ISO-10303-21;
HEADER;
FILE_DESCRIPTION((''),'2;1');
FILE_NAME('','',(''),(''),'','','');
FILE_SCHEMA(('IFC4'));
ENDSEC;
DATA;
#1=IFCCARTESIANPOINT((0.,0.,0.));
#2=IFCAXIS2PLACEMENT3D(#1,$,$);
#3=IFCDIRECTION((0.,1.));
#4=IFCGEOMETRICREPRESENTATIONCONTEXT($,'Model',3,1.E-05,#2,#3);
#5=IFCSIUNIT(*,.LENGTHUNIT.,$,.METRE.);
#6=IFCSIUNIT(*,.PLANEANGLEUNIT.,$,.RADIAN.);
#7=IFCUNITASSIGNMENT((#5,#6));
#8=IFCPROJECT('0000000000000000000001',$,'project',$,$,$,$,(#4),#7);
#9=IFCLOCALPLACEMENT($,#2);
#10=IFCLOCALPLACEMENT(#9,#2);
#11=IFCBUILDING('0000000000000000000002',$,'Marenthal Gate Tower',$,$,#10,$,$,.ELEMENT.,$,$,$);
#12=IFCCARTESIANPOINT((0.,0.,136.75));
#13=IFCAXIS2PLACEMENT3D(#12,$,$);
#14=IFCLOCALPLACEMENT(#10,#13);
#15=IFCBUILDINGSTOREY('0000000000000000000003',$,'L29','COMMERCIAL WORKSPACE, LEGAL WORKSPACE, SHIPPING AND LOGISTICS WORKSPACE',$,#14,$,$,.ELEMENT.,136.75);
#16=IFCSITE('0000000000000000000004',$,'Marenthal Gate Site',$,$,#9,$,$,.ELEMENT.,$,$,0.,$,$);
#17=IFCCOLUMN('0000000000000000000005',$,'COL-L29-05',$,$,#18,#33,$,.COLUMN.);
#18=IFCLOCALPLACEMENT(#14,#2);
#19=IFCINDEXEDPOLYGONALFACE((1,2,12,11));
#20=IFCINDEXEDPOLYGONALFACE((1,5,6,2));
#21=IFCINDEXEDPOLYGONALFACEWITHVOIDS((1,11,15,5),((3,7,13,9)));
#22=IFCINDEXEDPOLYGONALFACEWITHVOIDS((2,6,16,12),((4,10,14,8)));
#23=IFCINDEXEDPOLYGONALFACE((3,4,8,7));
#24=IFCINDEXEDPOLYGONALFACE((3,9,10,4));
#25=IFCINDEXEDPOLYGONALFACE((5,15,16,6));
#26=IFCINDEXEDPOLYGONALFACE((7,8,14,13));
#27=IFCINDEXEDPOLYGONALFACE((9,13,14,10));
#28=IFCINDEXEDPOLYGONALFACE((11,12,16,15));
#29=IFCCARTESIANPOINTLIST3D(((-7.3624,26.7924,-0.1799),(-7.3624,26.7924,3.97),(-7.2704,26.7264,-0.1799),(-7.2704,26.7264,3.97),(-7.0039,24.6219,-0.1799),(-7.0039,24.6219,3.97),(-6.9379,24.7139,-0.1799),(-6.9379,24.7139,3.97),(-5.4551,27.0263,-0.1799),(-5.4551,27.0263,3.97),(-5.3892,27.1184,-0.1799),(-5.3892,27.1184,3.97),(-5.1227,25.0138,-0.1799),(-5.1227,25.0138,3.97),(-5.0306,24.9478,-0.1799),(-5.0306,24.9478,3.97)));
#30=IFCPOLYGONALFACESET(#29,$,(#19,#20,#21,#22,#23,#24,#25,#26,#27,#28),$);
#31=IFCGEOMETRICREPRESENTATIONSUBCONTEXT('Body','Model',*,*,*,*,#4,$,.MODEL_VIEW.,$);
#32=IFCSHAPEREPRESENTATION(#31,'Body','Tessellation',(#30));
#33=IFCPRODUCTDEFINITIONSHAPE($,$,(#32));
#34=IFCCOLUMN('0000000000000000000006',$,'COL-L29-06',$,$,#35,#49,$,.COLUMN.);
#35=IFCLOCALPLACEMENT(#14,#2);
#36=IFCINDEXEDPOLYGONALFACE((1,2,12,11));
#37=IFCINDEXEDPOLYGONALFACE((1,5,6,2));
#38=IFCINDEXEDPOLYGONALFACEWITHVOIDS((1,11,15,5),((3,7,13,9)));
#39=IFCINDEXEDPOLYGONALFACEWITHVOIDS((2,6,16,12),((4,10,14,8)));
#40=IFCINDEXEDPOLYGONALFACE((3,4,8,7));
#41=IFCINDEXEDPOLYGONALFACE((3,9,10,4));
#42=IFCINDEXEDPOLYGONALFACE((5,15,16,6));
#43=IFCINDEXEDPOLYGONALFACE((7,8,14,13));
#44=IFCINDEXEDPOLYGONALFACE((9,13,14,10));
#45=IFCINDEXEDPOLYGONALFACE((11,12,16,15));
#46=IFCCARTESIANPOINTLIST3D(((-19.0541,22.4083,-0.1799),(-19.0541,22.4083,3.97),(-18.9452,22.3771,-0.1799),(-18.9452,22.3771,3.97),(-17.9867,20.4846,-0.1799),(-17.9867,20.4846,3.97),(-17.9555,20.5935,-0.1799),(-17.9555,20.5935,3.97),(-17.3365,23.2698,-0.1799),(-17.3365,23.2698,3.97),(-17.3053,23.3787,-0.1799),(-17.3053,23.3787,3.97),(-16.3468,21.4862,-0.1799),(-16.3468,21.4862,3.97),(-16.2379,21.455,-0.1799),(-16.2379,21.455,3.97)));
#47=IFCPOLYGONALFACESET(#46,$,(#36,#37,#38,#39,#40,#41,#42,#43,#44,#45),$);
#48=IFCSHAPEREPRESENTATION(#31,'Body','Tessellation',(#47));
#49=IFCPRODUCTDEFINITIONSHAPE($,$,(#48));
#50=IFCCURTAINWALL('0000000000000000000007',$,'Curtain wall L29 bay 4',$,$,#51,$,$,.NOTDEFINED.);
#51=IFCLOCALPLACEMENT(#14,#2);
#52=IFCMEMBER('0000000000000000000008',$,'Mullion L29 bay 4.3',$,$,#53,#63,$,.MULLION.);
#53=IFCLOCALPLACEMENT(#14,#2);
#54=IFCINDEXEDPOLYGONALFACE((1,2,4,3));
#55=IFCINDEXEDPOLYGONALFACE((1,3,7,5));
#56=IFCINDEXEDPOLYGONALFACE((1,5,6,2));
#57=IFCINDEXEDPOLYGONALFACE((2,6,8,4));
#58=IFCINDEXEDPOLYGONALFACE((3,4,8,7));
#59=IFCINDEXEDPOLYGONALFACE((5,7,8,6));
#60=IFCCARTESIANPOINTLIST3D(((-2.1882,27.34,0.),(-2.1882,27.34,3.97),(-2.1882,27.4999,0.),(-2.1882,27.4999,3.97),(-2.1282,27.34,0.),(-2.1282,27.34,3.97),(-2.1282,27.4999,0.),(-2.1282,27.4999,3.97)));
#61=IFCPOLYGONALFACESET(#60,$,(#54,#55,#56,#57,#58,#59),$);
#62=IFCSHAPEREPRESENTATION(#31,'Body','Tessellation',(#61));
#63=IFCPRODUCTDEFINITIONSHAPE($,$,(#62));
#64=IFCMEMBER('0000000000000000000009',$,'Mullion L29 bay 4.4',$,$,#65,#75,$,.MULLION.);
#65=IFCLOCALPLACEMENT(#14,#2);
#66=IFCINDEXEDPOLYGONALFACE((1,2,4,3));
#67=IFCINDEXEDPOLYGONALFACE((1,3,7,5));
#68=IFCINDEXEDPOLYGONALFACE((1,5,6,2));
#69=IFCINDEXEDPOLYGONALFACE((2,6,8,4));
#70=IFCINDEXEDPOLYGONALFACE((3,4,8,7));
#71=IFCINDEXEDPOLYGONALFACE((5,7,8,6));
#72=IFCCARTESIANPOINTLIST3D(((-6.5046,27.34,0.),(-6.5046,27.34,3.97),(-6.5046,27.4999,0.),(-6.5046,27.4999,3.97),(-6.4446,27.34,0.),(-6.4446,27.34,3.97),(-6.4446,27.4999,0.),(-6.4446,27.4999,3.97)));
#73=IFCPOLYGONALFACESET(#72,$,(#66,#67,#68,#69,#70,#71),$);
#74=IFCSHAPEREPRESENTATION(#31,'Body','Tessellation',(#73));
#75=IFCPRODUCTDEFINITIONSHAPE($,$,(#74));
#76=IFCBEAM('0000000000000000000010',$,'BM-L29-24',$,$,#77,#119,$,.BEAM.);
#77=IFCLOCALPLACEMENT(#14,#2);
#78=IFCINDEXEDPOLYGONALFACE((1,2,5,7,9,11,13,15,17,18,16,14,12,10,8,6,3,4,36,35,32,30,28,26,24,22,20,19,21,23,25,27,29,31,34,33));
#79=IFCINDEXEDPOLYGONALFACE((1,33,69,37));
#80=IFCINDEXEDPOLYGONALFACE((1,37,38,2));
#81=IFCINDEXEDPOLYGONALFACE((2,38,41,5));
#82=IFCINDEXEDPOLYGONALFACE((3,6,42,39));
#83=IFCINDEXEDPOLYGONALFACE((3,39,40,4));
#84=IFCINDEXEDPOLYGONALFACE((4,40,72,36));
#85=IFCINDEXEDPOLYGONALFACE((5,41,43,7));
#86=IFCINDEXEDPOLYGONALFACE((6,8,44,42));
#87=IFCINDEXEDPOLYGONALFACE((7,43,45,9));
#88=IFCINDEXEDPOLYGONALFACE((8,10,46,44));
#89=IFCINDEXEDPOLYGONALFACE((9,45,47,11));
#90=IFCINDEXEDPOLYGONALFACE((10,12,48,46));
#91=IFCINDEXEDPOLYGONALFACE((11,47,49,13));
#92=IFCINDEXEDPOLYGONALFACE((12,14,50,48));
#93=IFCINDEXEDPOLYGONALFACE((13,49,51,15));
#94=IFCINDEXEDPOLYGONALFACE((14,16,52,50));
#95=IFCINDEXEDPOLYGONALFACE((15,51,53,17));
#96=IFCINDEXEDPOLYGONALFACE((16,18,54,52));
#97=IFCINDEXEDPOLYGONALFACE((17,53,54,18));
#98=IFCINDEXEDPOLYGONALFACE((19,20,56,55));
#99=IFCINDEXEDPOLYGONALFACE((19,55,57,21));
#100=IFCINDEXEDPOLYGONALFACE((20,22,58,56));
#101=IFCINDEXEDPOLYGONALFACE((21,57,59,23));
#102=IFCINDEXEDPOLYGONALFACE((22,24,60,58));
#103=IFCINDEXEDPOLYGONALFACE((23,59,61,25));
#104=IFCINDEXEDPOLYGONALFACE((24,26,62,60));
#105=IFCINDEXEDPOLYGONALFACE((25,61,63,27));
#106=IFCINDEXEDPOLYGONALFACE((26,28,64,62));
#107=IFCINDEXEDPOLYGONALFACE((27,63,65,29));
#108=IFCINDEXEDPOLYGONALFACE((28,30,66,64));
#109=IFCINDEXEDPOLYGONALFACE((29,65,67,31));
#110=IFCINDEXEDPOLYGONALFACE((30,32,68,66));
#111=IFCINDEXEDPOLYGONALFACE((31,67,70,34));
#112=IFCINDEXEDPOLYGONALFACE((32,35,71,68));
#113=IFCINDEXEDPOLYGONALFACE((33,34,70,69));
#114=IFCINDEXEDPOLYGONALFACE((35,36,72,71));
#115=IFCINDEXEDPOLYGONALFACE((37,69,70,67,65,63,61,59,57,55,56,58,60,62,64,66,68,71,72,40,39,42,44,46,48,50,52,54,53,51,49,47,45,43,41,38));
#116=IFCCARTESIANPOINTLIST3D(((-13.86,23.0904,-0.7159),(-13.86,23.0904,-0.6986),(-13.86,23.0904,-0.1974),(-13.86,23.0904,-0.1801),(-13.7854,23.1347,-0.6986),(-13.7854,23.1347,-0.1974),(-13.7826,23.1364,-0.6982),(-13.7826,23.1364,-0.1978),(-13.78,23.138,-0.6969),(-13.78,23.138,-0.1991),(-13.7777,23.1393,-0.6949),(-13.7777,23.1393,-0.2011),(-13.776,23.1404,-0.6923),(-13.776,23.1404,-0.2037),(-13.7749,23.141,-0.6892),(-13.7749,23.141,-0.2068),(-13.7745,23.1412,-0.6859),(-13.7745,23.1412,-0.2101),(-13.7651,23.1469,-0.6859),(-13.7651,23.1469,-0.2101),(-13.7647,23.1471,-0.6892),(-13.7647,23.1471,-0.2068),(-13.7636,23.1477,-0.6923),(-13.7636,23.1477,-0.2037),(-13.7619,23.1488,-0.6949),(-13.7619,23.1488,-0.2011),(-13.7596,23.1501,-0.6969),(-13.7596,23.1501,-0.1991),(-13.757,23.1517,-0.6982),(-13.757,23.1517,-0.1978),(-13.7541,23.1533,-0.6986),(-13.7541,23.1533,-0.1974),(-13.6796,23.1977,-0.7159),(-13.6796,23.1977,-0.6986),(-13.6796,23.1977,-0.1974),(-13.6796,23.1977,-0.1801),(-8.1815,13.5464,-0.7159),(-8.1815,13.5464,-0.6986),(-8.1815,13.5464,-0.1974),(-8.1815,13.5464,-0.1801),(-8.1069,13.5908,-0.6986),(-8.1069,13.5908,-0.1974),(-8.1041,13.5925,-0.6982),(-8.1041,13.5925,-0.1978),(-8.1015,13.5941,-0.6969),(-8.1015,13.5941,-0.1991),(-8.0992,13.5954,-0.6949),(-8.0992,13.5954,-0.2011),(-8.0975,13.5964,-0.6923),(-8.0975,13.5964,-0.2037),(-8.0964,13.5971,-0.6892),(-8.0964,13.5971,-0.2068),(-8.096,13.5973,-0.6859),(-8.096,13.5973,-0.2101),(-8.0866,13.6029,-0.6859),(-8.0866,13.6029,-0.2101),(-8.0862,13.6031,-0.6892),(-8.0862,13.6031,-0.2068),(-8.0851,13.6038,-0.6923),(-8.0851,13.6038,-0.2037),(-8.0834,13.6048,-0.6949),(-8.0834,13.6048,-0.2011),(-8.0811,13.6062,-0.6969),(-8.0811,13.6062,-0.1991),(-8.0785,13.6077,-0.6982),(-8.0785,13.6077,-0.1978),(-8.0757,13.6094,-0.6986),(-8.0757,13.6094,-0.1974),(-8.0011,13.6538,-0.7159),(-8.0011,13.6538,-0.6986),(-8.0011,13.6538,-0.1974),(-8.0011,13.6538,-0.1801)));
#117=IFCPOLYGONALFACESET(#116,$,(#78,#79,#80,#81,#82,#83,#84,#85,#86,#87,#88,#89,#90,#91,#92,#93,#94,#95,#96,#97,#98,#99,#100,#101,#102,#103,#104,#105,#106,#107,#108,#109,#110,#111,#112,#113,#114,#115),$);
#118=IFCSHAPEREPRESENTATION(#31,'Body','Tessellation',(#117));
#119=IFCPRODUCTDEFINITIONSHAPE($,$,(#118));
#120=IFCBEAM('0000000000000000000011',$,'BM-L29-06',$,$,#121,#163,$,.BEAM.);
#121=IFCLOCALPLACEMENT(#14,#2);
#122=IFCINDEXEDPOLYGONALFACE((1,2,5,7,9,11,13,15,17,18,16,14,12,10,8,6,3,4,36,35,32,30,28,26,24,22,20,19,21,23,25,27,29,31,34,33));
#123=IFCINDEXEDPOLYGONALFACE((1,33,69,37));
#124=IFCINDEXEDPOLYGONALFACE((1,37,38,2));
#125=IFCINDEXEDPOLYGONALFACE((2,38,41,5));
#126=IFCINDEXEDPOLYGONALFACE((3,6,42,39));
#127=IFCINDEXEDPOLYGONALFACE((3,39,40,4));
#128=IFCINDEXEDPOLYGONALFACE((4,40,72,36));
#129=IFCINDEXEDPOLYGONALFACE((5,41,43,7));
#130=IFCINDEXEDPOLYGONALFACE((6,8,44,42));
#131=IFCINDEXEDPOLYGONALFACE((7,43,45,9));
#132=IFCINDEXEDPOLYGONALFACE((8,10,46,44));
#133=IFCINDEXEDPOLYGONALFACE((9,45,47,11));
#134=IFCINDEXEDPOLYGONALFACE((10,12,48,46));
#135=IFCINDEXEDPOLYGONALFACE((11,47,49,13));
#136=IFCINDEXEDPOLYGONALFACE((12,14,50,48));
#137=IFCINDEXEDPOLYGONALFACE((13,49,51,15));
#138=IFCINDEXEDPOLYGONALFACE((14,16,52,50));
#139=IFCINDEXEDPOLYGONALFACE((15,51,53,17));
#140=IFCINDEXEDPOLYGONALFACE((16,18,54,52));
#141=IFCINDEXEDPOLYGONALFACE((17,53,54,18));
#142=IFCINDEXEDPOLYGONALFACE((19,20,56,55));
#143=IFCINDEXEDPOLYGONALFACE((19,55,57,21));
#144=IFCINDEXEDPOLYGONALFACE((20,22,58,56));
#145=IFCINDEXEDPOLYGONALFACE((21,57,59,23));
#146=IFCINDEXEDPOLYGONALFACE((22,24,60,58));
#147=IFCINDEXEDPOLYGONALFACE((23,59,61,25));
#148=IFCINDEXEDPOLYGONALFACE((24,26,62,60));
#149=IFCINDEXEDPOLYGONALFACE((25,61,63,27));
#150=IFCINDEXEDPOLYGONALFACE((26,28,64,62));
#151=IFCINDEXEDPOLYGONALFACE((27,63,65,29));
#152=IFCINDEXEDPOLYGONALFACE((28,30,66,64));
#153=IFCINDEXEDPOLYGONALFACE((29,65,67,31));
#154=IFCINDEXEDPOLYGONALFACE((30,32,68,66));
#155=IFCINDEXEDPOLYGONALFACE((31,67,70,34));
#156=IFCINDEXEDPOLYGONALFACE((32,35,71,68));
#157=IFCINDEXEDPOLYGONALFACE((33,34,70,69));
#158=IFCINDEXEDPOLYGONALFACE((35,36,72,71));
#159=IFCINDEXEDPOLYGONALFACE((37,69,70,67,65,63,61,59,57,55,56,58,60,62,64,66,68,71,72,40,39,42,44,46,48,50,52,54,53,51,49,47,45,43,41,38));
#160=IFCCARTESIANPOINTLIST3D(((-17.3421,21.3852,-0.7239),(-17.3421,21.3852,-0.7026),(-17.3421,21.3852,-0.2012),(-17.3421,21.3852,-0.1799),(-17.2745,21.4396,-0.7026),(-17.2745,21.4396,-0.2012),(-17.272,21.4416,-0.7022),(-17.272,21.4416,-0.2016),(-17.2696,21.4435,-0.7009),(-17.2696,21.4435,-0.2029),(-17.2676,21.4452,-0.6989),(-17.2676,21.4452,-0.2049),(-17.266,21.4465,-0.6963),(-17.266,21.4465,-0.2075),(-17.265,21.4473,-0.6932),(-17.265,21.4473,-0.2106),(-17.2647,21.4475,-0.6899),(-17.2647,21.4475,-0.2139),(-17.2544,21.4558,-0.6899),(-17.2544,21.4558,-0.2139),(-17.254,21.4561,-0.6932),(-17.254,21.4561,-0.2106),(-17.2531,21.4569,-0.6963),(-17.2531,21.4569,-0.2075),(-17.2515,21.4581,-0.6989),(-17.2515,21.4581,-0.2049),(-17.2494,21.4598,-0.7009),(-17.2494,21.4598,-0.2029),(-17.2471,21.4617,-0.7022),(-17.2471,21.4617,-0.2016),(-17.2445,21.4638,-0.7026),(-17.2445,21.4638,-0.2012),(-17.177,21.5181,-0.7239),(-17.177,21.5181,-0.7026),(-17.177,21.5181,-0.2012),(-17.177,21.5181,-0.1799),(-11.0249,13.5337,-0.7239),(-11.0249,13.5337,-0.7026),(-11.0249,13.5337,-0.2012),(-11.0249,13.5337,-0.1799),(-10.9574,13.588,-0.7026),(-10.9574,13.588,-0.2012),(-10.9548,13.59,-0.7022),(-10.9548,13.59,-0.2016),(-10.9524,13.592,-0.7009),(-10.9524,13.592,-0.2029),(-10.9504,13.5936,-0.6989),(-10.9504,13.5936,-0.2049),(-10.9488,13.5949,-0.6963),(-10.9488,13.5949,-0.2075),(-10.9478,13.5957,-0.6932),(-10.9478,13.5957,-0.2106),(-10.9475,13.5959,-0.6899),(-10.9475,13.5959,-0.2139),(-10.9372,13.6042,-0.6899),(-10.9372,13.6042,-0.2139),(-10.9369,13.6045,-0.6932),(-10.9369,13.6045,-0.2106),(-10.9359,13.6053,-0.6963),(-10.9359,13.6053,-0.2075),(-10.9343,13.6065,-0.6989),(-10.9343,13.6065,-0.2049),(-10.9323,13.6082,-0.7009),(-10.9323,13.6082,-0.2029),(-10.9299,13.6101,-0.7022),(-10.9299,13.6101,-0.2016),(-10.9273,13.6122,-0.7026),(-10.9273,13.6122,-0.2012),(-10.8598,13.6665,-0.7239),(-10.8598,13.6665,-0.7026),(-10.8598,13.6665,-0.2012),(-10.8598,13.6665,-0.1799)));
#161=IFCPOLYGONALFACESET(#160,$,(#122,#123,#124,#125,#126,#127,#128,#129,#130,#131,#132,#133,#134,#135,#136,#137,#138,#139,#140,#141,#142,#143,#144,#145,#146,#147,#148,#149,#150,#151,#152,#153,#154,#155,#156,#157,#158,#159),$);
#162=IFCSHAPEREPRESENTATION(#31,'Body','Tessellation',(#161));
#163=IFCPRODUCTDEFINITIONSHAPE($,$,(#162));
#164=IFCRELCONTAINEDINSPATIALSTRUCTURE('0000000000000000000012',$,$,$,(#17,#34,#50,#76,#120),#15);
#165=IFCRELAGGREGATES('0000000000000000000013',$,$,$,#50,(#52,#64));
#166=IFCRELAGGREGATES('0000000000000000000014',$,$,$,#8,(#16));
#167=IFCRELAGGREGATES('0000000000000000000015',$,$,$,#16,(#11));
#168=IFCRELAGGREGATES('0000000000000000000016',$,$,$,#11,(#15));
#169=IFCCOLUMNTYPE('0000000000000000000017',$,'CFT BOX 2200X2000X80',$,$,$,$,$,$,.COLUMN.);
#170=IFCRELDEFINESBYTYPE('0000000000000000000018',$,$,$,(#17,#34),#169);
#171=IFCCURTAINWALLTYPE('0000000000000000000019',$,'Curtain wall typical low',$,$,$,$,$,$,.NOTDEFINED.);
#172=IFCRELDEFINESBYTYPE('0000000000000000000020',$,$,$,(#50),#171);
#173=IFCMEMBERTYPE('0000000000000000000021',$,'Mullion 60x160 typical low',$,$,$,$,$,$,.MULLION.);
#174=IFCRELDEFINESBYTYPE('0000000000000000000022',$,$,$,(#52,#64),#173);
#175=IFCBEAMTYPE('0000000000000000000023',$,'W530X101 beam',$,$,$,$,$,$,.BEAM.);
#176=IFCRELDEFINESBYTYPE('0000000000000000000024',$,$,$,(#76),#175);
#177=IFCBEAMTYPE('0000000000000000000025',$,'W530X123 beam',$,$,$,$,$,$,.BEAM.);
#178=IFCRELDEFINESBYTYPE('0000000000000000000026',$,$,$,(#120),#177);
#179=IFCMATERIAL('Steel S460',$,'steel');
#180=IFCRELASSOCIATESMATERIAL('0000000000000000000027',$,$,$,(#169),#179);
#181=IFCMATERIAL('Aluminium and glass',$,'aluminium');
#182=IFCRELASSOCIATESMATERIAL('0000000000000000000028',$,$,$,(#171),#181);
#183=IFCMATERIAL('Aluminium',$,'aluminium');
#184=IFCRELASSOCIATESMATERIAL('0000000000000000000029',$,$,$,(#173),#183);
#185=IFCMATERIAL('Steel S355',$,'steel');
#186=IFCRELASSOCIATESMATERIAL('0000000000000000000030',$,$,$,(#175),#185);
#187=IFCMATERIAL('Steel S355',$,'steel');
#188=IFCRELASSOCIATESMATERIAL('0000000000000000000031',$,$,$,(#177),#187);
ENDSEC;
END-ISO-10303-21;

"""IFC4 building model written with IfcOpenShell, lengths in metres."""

from ifc_helpers import new_model, si_unit, direction, frame, origin, origin_2d, place, context, subcontext, project, spatial, rectangle, hollow_rectangle, i_section, extrude, material, material_profile, profile_set, type_object, element, aggregate, save


model = new_model("IFC4")

# Units and contexts
model_context = context("Model", 3, precision=1e-05, world=origin(), true_north=direction((0.0, 1.0)))
body_context = subcontext(model_context, "Body", "Model", "MODEL_VIEW")
ifc_project = project(units=[si_unit("LENGTHUNIT", "METRE"), si_unit("PLANEANGLEUNIT", "RADIAN")], contexts=[model_context])

# Site, building, storey
site_placement = place(None, origin())
site = spatial("IfcSite", under=ifc_project, at=site_placement, Name="Marenthal Gate Site", CompositionType="ELEMENT", RefElevation=0.0)
building_placement = place(site_placement, origin())
building = spatial("IfcBuilding", under=site, at=building_placement, Name="Marenthal Gate Tower", CompositionType="ELEMENT")
storey_placement = place(building_placement, frame((0.0, 0.0, 136.75)))
storey = spatial("IfcBuildingStorey", under=building, at=storey_placement, Name="L29", Description="COMMERCIAL WORKSPACE, LEGAL WORKSPACE, SHIPPING AND LOGISTICS WORKSPACE", CompositionType="ELEMENT", Elevation=136.75)

# Columns
ifc_material_1 = material(Name="Steel S460", Category="steel")
ifc_material_profile_1 = material_profile(ifc_material_1, hollow_rectangle(XDim=2.0, YDim=2.2, WallThickness=0.0801, at=origin_2d()), Name="CFT BOX 2200X2000X80")
ifc_material_2 = material(Name="Concrete 70 MPa", Category="concrete")
ifc_material_profile_2 = material_profile(ifc_material_2, rectangle(XDim=1.8401, YDim=2.04, at=origin_2d()), Name="CFT BOX 2200X2000X80 INFILL")
ifc_profile_set_1 = profile_set([ifc_material_profile_1, ifc_material_profile_2], Name="Steel S460 shell, Concrete 70 MPa infill")
column_type = type_object("IfcColumnType", Name="CFT BOX 2200X2000X80", PredefinedType="COLUMN", material=ifc_profile_set_1)
for number, where, z_axis, x_axis, name in (
    (1, (-6.1965, 25.8701, -0.1799), (0.0, 0.0, 1.0), (0.986629, 0.16298, 0.0), "COL-L29-05"),
    (2, (-17.646, 21.9316, -0.1799), (0.0, 0.0, 1.0), (0.874403, 0.4852, 0.0), "COL-L29-06"),
):
    element("IfcColumn", number, at=place(storey_placement, frame(where, z_axis=z_axis, x_axis=x_axis)), inside=storey, type_object=column_type, Name=name, PredefinedType="COLUMN", context=body_context, shape_type="SweptSolid", body=[
        extrude(hollow_rectangle(XDim=2.0, YDim=2.2, WallThickness=0.0801, at=origin_2d()), origin(), (0.0, 0.0, 1.0), 4.1499),
    ])

# Curtain wall, members
ifc_material_3 = material(Name="Aluminium and glass", Category="aluminium")
curtain_wall_type = type_object("IfcCurtainWallType", Name="Curtain wall typical low", PredefinedType="NOTDEFINED", material=ifc_material_3)
curtain_wall_placement = place(storey_placement, origin())
curtain_wall = element("IfcCurtainWall", 3, at=curtain_wall_placement, inside=storey, type_object=curtain_wall_type, Name="Curtain wall L29 bay 4", PredefinedType="NOTDEFINED")
ifc_material_4 = material(Name="Aluminium", Category="aluminium")
ifc_material_profile_3 = material_profile(ifc_material_4, rectangle(XDim=0.1599, YDim=0.0601, at=origin_2d()), Name="60x160 aluminium mullion")
ifc_profile_set_2 = profile_set([ifc_material_profile_3], Name="Aluminium")
member_type = type_object("IfcMemberType", Name="Mullion 60x160 typical low", PredefinedType="MULLION", material=ifc_profile_set_2)
member_1_placement = place(storey_placement, frame((-2.1582, 27.4199, 0.0), z_axis=(0.0, 0.0, 1.0), x_axis=(0.0, -1.0, 0.0)))
member_1 = element("IfcMember", 4, at=member_1_placement, type_object=member_type, Name="Mullion L29 bay 4.3", PredefinedType="MULLION", context=body_context, shape_type="SweptSolid", body=[
    extrude(rectangle(XDim=0.1599, YDim=0.0601, at=origin_2d()), origin(), (0.0, 0.0, 1.0), 3.97),
])
member_2_placement = place(storey_placement, frame((-6.4746, 27.4199, 0.0), z_axis=(0.0, 0.0, 1.0), x_axis=(0.0, -1.0, 0.0)))
member_2 = element("IfcMember", 5, at=member_2_placement, type_object=member_type, Name="Mullion L29 bay 4.4", PredefinedType="MULLION", context=body_context, shape_type="SweptSolid", body=[
    extrude(rectangle(XDim=0.1599, YDim=0.0601, at=origin_2d()), origin(), (0.0, 0.0, 1.0), 3.97),
])

# Beams
ifc_material_5 = material(Name="Steel S355", Category="steel")
ifc_material_profile_4 = material_profile(ifc_material_5, i_section(OverallWidth=0.21, OverallDepth=0.5359, WebThickness=0.011, FlangeThickness=0.0173, FilletRadius=0.0127, at=origin_2d()), Name="W530X101")
ifc_profile_set_3 = profile_set([ifc_material_profile_4], Name="Steel S355")
beam_type_1 = type_object("IfcBeamType", Name="W530X101 beam", PredefinedType="BEAM", material=ifc_profile_set_3)
beam_1_placement = place(storey_placement, frame((-13.7698, 23.144, -0.448), z_axis=(0.511321, -0.85939, 0.0), x_axis=(0.85939, 0.511321, 0.0)))
element("IfcBeam", 6, at=beam_1_placement, inside=storey, type_object=beam_type_1, Name="BM-L29-24", PredefinedType="BEAM", context=body_context, shape_type="SweptSolid", body=[
    extrude(i_section(OverallWidth=0.21, OverallDepth=0.5359, WebThickness=0.011, FlangeThickness=0.0173, FilletRadius=0.0127, at=origin_2d()), origin(), (0.0, 0.0, 1.0), 11.1055),
])
ifc_material_6 = material(Name="Steel S355", Category="steel")
ifc_material_profile_5 = material_profile(ifc_material_6, i_section(OverallWidth=0.2119, OverallDepth=0.5439, WebThickness=0.0132, FlangeThickness=0.0212, FilletRadius=0.0127, at=origin_2d()), Name="W530X123")
ifc_profile_set_4 = profile_set([ifc_material_profile_5], Name="Steel S355")
beam_type_2 = type_object("IfcBeamType", Name="W530X123 beam", PredefinedType="BEAM", material=ifc_profile_set_4)
beam_2_placement = place(storey_placement, frame((-17.2595, 21.4517, -0.4519), z_axis=(0.626864, -0.779129, 0.0), x_axis=(0.779129, 0.626864, 0.0)))
element("IfcBeam", 7, at=beam_2_placement, inside=storey, type_object=beam_type_2, Name="BM-L29-06", PredefinedType="BEAM", context=body_context, shape_type="SweptSolid", body=[
    extrude(i_section(OverallWidth=0.2119, OverallDepth=0.5439, WebThickness=0.0132, FlangeThickness=0.0212, FilletRadius=0.0127, at=origin_2d()), origin(), (0.0, 0.0, 1.0), 10.0774),
])

aggregate(curtain_wall, [member_1, member_2])

save(model, "model.ifc")
